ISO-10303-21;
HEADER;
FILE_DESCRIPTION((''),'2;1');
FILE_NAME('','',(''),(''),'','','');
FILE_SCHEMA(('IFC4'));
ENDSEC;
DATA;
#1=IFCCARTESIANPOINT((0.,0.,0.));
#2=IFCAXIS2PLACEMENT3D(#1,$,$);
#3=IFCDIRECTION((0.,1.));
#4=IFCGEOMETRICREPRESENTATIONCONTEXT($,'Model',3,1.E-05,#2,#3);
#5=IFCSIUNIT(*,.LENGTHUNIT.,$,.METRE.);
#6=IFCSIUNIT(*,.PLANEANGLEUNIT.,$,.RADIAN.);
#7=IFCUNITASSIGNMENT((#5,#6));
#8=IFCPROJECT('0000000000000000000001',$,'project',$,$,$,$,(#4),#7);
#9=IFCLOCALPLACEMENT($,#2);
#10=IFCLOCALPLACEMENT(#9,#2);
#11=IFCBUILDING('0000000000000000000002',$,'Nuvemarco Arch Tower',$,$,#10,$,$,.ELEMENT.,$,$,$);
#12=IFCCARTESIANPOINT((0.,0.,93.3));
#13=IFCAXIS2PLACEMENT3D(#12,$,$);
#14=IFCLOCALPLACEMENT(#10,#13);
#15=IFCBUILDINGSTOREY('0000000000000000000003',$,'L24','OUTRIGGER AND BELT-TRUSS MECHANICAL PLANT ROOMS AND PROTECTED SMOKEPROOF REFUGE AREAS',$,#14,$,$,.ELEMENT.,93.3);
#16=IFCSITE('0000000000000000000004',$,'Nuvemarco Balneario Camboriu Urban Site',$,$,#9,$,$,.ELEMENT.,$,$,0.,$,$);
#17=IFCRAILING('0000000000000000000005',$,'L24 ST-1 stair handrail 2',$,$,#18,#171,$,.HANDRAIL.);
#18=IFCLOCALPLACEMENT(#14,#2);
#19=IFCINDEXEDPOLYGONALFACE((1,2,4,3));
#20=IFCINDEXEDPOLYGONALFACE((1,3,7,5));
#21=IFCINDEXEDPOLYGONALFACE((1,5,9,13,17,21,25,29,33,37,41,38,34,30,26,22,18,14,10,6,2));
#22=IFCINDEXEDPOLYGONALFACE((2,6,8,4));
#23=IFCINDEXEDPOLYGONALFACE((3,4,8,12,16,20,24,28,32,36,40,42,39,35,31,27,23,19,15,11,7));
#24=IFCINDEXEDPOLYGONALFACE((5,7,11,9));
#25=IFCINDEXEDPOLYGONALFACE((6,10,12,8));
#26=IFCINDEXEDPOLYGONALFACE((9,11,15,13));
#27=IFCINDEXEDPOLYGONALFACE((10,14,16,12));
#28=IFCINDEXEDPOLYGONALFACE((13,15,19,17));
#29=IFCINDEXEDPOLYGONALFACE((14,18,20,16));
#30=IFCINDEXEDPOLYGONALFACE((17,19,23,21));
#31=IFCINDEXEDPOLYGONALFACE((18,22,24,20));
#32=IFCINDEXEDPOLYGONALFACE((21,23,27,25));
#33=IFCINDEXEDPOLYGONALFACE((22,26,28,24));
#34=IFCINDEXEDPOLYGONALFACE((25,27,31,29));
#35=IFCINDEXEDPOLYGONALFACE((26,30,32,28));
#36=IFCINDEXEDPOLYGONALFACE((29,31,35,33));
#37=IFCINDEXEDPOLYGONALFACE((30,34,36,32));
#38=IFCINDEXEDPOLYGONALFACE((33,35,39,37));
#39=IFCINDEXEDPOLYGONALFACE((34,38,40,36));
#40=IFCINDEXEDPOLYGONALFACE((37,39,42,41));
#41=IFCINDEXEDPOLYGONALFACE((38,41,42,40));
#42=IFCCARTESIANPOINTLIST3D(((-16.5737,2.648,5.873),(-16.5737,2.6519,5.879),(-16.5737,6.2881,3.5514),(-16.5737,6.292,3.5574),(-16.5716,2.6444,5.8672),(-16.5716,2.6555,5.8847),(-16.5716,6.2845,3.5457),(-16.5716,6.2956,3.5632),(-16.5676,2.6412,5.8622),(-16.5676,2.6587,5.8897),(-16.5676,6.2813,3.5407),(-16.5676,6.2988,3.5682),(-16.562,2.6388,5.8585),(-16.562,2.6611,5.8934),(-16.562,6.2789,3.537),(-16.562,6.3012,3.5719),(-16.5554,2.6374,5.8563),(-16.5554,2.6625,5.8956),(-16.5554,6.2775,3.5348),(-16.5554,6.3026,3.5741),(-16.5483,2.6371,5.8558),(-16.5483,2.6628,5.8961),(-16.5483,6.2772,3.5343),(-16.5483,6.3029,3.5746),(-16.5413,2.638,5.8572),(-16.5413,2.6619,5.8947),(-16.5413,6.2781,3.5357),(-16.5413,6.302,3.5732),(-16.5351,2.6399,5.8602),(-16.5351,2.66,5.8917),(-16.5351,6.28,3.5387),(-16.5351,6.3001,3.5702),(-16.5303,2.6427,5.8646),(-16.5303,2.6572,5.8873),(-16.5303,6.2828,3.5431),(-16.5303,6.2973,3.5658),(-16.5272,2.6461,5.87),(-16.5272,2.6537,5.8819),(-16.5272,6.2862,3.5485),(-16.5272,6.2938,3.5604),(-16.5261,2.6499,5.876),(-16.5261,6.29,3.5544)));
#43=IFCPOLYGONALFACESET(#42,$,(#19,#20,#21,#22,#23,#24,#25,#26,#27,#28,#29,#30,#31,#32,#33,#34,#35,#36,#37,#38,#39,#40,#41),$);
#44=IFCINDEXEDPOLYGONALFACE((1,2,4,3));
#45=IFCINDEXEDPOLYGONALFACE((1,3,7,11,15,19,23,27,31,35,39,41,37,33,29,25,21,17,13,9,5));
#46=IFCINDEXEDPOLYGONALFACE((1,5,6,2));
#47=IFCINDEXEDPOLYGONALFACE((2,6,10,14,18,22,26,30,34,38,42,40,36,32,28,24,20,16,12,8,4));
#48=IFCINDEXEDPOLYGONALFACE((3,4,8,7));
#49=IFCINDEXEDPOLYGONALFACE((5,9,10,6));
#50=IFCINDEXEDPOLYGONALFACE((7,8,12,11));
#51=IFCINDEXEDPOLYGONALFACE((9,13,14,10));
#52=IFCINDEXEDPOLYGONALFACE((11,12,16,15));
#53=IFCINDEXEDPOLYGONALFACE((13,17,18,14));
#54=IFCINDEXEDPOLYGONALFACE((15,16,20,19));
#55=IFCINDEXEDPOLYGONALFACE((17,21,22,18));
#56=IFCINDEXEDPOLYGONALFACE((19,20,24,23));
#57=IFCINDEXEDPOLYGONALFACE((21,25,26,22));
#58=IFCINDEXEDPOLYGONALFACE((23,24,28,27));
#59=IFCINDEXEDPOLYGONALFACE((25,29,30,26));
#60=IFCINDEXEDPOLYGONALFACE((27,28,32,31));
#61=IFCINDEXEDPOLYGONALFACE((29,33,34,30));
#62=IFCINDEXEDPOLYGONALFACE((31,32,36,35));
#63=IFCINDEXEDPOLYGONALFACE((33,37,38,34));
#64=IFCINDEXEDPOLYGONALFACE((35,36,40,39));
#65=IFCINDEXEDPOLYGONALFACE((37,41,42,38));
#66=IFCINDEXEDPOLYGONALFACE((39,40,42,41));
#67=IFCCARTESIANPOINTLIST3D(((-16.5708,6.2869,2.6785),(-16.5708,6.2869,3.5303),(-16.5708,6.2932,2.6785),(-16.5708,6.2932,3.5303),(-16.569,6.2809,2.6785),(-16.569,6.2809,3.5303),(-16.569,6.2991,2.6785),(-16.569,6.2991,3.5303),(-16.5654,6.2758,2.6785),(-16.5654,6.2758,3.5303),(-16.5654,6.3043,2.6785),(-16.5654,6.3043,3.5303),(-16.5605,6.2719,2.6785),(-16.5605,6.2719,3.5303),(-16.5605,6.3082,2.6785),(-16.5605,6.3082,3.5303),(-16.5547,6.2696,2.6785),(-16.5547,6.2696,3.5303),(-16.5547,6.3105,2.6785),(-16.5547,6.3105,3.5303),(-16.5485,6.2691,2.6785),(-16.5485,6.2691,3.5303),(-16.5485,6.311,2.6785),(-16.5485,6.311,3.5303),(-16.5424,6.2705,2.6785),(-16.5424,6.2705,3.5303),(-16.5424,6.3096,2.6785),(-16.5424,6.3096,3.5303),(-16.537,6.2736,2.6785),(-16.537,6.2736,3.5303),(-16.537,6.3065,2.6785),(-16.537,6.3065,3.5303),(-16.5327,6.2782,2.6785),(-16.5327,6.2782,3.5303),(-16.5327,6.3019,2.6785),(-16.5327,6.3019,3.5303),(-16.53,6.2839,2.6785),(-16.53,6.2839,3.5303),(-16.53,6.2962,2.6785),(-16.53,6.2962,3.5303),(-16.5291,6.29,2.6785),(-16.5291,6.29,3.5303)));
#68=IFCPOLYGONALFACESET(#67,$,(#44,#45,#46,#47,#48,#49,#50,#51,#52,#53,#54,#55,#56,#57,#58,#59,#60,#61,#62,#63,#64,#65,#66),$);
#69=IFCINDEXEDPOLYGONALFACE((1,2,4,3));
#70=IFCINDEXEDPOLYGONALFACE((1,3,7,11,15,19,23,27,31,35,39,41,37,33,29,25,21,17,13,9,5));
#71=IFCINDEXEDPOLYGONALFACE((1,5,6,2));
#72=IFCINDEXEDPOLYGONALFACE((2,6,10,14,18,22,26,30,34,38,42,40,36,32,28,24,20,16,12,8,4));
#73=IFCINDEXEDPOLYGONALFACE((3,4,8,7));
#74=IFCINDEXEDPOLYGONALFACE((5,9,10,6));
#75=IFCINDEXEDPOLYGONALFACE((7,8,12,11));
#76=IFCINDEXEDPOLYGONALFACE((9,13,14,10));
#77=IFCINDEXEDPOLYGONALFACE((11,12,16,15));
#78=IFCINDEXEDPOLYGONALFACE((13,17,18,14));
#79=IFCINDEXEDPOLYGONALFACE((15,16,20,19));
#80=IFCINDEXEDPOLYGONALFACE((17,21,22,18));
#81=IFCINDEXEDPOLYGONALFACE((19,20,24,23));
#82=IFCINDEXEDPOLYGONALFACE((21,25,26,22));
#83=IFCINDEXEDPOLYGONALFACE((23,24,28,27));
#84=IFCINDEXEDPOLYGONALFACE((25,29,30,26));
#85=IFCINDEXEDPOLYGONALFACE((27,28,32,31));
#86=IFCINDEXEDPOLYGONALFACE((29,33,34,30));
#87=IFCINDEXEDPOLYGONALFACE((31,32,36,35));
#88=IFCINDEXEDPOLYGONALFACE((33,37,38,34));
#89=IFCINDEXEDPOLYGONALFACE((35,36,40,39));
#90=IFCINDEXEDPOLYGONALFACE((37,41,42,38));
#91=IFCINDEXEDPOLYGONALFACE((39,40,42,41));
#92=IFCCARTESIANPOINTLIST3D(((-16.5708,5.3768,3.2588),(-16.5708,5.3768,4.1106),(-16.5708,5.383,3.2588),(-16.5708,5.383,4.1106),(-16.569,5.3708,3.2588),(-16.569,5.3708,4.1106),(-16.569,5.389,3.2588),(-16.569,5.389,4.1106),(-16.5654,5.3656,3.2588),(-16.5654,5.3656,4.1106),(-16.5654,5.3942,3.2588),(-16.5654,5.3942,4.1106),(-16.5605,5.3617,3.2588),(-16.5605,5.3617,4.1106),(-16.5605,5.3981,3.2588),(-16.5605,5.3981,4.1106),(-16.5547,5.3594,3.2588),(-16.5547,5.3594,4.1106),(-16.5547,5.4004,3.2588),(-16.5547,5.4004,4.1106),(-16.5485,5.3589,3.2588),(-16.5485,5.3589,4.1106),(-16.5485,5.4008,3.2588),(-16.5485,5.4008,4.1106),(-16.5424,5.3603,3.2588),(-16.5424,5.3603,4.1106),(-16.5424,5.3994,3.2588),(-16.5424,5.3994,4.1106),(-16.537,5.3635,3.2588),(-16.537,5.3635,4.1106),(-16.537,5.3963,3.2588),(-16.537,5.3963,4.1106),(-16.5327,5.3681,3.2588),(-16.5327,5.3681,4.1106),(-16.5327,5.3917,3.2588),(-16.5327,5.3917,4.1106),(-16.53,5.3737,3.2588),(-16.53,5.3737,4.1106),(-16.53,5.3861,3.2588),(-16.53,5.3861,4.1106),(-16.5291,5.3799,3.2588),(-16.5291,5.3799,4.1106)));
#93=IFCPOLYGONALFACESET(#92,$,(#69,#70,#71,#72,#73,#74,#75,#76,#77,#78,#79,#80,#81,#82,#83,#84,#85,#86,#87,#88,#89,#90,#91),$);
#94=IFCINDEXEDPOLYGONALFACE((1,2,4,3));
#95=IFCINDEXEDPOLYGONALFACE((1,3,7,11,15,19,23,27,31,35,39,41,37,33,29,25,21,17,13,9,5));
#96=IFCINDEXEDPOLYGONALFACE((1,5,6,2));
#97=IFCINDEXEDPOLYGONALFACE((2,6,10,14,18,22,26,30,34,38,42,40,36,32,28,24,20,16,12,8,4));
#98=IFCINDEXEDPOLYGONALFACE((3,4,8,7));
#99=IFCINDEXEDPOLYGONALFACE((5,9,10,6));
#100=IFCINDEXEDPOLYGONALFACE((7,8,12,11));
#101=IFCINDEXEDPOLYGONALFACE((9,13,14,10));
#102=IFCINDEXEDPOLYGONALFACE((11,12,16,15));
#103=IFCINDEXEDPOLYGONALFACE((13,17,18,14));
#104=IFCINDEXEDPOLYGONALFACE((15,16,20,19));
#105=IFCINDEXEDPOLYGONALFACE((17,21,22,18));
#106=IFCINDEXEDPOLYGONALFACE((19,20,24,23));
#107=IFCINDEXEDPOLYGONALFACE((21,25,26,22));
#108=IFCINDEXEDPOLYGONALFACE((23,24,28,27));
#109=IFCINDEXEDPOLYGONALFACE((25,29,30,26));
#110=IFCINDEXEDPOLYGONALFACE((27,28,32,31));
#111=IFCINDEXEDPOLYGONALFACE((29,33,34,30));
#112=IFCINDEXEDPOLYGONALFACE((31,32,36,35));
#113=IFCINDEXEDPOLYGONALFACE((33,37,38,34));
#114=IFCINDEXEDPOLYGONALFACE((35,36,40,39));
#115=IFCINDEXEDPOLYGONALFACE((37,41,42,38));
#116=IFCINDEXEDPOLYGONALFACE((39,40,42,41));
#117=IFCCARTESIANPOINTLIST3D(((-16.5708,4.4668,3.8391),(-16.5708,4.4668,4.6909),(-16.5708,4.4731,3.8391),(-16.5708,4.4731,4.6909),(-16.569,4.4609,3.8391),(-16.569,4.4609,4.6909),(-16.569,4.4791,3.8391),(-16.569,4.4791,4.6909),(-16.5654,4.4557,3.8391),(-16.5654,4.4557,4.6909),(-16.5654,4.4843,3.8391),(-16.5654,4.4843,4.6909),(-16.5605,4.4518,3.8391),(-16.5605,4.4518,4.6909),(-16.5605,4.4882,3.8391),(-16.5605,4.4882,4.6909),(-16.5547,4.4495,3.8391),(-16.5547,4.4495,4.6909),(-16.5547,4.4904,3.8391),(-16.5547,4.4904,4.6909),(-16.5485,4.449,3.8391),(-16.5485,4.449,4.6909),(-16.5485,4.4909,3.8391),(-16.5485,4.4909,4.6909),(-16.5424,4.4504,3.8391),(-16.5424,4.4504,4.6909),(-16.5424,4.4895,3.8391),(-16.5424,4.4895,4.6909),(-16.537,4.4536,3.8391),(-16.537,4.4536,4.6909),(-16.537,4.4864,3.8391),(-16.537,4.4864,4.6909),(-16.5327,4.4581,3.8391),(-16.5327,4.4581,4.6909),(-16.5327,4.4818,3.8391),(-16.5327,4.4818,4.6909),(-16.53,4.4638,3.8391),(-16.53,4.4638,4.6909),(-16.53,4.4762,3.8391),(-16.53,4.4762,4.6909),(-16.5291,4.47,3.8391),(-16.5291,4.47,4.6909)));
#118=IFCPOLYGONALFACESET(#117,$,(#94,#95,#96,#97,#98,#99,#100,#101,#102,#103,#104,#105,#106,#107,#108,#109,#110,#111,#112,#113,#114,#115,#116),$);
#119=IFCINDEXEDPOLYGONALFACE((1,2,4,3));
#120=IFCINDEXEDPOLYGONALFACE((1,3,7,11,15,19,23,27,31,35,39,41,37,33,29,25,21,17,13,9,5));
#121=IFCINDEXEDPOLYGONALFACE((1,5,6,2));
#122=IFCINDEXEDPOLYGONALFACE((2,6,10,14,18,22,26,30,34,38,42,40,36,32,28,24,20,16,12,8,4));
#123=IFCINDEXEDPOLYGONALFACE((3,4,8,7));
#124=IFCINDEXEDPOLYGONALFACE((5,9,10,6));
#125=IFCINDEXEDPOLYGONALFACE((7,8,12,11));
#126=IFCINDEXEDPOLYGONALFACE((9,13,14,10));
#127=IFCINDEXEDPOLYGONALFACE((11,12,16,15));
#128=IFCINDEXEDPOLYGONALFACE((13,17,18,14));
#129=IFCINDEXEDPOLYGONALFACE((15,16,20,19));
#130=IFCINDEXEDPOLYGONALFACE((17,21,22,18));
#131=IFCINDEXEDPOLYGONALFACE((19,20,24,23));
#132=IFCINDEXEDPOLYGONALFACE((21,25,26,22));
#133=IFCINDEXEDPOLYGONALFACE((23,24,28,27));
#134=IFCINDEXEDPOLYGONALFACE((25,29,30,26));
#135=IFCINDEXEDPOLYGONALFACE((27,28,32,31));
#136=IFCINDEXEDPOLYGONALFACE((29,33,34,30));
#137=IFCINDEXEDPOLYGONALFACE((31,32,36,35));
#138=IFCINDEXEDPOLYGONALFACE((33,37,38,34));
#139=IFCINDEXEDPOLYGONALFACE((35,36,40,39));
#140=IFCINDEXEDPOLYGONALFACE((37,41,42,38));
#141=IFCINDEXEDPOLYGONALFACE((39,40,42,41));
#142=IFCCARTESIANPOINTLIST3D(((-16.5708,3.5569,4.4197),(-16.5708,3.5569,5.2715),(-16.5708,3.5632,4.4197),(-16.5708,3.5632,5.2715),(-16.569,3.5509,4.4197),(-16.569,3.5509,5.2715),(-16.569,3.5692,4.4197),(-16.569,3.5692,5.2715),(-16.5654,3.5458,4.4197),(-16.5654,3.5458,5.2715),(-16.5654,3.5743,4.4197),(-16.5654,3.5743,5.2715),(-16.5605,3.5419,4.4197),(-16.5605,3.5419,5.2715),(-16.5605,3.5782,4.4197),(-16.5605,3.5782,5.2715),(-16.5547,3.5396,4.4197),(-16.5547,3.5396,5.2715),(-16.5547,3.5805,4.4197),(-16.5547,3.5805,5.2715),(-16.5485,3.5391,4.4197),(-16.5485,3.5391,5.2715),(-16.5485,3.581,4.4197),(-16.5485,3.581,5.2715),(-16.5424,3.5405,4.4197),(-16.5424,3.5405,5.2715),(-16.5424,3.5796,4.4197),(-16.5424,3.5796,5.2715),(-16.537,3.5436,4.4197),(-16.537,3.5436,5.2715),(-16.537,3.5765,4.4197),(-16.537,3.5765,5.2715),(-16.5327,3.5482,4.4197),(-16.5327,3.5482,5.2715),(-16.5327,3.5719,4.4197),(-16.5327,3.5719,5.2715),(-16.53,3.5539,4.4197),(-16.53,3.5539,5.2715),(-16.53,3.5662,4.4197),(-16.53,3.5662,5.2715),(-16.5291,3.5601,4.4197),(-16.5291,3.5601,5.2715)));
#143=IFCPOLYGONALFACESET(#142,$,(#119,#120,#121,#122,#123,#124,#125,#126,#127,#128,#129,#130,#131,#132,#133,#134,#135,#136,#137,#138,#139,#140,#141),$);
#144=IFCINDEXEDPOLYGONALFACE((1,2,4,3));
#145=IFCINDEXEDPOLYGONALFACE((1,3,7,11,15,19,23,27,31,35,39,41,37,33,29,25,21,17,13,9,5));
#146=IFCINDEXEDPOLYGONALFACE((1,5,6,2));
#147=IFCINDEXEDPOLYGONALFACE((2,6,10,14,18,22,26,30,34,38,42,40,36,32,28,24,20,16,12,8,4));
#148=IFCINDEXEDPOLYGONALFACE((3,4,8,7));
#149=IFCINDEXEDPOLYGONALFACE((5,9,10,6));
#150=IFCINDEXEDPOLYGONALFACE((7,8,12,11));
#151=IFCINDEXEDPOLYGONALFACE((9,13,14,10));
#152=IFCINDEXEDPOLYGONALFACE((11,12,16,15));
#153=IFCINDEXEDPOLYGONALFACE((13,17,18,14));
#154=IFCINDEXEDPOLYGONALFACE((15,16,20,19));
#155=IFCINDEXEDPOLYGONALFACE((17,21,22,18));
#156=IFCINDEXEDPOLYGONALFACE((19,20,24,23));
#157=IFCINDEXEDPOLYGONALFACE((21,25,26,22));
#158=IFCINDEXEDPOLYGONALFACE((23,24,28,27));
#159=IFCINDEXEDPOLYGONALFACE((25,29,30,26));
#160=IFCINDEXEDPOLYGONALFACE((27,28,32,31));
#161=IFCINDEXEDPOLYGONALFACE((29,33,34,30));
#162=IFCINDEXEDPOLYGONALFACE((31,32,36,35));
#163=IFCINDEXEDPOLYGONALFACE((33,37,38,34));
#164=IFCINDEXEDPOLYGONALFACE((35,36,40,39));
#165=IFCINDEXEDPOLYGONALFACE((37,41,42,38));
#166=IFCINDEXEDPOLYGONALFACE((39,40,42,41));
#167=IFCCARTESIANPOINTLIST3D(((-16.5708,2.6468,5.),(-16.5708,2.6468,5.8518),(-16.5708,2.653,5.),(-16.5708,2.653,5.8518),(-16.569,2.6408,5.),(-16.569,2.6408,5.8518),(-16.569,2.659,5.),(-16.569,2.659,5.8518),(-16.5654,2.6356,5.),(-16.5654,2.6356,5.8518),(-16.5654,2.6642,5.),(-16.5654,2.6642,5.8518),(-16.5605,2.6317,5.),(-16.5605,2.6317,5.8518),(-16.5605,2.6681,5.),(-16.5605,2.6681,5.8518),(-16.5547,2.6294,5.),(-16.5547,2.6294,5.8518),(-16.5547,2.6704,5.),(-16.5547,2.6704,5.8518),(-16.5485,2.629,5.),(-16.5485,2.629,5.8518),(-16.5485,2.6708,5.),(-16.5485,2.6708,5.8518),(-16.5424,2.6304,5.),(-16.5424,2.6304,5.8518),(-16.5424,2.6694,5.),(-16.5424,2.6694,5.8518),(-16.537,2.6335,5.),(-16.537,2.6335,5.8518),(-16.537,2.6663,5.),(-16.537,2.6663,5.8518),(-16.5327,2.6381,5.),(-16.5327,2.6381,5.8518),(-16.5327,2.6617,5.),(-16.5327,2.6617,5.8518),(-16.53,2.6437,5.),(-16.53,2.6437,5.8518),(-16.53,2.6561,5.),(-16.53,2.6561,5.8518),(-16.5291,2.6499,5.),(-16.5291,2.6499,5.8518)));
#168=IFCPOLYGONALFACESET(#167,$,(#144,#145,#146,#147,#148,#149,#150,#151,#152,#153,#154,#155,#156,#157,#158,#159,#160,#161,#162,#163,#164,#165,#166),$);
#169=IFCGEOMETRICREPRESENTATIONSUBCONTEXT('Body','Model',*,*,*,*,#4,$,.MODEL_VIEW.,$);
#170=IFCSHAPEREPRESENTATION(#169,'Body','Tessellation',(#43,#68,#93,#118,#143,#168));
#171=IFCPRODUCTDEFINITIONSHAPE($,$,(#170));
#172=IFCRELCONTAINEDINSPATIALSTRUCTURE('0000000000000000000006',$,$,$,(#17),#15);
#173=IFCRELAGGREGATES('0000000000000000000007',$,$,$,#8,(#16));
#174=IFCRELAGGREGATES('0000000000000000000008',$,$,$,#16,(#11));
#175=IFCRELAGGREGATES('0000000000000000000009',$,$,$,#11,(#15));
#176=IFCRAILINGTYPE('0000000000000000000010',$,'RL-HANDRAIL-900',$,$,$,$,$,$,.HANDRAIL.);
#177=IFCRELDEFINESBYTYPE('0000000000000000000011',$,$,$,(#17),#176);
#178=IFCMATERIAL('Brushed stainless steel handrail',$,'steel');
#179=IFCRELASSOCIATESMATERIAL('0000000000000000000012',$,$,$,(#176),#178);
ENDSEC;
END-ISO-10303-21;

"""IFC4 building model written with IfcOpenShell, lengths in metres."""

from ifc_helpers import new_model, si_unit, direction, frame, origin, origin_2d, place, context, subcontext, project, spatial, circle, extrude, material, type_object, element, save


model = new_model("IFC4")

# Units and contexts
model_context = context("Model", 3, precision=1e-05, world=origin(), true_north=direction((0.0, 1.0)))
body_context = subcontext(model_context, "Body", "Model", "MODEL_VIEW")
ifc_project = project(units=[si_unit("LENGTHUNIT", "METRE"), si_unit("PLANEANGLEUNIT", "RADIAN")], contexts=[model_context])

# Site, building, storey
site_placement = place(None, origin())
site = spatial("IfcSite", under=ifc_project, at=site_placement, Name="Nuvemarco Balneario Camboriu Urban Site", CompositionType="ELEMENT", RefElevation=0.0)
building_placement = place(site_placement, origin())
building = spatial("IfcBuilding", under=site, at=building_placement, Name="Nuvemarco Arch Tower", CompositionType="ELEMENT")
storey_placement = place(building_placement, frame((0.0, 0.0, 93.3)))
storey = spatial("IfcBuildingStorey", under=building, at=storey_placement, Name="L24", Description="OUTRIGGER AND BELT-TRUSS MECHANICAL PLANT ROOMS AND PROTECTED SMOKEPROOF REFUGE AREAS", CompositionType="ELEMENT", Elevation=93.3)

# Railing
ifc_material_1 = material(Name="Brushed stainless steel handrail", Category="steel")
railing_type_1 = type_object("IfcRailingType", Name="RL-HANDRAIL-900", PredefinedType="HANDRAIL", material=ifc_material_1)
railing_1_placement = place(storey_placement, frame((-16.55, 6.29, 2.6785)))
element("IfcRailing", 1, at=railing_1_placement, inside=storey, type_object=railing_type_1, Name="L24 ST-1 stair handrail 2", PredefinedType="HANDRAIL", context=body_context, shape_type="SweptSolid", body=[
    extrude(circle(Radius=0.0239, at=origin_2d()), frame((0.0, 0.0, 0.876), z_axis=(0.0, -0.843128, 0.537713), x_axis=(1.0, 0.0, 0.0)), (0.0, 0.0, 1.0), 4.3174),
    extrude(circle(Radius=0.021, at=origin_2d()), origin(), (0.0, 0.0, 1.0), 0.8518),
    extrude(circle(Radius=0.021, at=origin_2d()), frame((0.0, -0.9102, 0.5803)), (0.0, 0.0, 1.0), 0.8518),
    extrude(circle(Radius=0.021, at=origin_2d()), frame((0.0, -1.8201, 1.1606)), (0.0, 0.0, 1.0), 0.8518),
    extrude(circle(Radius=0.021, at=origin_2d()), frame((0.0, -2.73, 1.7412)), (0.0, 0.0, 1.0), 0.8518),
    extrude(circle(Radius=0.021, at=origin_2d()), frame((0.0, -3.6401, 2.3215)), (0.0, 0.0, 1.0), 0.8518),
])

save(model, "model.ifc")
